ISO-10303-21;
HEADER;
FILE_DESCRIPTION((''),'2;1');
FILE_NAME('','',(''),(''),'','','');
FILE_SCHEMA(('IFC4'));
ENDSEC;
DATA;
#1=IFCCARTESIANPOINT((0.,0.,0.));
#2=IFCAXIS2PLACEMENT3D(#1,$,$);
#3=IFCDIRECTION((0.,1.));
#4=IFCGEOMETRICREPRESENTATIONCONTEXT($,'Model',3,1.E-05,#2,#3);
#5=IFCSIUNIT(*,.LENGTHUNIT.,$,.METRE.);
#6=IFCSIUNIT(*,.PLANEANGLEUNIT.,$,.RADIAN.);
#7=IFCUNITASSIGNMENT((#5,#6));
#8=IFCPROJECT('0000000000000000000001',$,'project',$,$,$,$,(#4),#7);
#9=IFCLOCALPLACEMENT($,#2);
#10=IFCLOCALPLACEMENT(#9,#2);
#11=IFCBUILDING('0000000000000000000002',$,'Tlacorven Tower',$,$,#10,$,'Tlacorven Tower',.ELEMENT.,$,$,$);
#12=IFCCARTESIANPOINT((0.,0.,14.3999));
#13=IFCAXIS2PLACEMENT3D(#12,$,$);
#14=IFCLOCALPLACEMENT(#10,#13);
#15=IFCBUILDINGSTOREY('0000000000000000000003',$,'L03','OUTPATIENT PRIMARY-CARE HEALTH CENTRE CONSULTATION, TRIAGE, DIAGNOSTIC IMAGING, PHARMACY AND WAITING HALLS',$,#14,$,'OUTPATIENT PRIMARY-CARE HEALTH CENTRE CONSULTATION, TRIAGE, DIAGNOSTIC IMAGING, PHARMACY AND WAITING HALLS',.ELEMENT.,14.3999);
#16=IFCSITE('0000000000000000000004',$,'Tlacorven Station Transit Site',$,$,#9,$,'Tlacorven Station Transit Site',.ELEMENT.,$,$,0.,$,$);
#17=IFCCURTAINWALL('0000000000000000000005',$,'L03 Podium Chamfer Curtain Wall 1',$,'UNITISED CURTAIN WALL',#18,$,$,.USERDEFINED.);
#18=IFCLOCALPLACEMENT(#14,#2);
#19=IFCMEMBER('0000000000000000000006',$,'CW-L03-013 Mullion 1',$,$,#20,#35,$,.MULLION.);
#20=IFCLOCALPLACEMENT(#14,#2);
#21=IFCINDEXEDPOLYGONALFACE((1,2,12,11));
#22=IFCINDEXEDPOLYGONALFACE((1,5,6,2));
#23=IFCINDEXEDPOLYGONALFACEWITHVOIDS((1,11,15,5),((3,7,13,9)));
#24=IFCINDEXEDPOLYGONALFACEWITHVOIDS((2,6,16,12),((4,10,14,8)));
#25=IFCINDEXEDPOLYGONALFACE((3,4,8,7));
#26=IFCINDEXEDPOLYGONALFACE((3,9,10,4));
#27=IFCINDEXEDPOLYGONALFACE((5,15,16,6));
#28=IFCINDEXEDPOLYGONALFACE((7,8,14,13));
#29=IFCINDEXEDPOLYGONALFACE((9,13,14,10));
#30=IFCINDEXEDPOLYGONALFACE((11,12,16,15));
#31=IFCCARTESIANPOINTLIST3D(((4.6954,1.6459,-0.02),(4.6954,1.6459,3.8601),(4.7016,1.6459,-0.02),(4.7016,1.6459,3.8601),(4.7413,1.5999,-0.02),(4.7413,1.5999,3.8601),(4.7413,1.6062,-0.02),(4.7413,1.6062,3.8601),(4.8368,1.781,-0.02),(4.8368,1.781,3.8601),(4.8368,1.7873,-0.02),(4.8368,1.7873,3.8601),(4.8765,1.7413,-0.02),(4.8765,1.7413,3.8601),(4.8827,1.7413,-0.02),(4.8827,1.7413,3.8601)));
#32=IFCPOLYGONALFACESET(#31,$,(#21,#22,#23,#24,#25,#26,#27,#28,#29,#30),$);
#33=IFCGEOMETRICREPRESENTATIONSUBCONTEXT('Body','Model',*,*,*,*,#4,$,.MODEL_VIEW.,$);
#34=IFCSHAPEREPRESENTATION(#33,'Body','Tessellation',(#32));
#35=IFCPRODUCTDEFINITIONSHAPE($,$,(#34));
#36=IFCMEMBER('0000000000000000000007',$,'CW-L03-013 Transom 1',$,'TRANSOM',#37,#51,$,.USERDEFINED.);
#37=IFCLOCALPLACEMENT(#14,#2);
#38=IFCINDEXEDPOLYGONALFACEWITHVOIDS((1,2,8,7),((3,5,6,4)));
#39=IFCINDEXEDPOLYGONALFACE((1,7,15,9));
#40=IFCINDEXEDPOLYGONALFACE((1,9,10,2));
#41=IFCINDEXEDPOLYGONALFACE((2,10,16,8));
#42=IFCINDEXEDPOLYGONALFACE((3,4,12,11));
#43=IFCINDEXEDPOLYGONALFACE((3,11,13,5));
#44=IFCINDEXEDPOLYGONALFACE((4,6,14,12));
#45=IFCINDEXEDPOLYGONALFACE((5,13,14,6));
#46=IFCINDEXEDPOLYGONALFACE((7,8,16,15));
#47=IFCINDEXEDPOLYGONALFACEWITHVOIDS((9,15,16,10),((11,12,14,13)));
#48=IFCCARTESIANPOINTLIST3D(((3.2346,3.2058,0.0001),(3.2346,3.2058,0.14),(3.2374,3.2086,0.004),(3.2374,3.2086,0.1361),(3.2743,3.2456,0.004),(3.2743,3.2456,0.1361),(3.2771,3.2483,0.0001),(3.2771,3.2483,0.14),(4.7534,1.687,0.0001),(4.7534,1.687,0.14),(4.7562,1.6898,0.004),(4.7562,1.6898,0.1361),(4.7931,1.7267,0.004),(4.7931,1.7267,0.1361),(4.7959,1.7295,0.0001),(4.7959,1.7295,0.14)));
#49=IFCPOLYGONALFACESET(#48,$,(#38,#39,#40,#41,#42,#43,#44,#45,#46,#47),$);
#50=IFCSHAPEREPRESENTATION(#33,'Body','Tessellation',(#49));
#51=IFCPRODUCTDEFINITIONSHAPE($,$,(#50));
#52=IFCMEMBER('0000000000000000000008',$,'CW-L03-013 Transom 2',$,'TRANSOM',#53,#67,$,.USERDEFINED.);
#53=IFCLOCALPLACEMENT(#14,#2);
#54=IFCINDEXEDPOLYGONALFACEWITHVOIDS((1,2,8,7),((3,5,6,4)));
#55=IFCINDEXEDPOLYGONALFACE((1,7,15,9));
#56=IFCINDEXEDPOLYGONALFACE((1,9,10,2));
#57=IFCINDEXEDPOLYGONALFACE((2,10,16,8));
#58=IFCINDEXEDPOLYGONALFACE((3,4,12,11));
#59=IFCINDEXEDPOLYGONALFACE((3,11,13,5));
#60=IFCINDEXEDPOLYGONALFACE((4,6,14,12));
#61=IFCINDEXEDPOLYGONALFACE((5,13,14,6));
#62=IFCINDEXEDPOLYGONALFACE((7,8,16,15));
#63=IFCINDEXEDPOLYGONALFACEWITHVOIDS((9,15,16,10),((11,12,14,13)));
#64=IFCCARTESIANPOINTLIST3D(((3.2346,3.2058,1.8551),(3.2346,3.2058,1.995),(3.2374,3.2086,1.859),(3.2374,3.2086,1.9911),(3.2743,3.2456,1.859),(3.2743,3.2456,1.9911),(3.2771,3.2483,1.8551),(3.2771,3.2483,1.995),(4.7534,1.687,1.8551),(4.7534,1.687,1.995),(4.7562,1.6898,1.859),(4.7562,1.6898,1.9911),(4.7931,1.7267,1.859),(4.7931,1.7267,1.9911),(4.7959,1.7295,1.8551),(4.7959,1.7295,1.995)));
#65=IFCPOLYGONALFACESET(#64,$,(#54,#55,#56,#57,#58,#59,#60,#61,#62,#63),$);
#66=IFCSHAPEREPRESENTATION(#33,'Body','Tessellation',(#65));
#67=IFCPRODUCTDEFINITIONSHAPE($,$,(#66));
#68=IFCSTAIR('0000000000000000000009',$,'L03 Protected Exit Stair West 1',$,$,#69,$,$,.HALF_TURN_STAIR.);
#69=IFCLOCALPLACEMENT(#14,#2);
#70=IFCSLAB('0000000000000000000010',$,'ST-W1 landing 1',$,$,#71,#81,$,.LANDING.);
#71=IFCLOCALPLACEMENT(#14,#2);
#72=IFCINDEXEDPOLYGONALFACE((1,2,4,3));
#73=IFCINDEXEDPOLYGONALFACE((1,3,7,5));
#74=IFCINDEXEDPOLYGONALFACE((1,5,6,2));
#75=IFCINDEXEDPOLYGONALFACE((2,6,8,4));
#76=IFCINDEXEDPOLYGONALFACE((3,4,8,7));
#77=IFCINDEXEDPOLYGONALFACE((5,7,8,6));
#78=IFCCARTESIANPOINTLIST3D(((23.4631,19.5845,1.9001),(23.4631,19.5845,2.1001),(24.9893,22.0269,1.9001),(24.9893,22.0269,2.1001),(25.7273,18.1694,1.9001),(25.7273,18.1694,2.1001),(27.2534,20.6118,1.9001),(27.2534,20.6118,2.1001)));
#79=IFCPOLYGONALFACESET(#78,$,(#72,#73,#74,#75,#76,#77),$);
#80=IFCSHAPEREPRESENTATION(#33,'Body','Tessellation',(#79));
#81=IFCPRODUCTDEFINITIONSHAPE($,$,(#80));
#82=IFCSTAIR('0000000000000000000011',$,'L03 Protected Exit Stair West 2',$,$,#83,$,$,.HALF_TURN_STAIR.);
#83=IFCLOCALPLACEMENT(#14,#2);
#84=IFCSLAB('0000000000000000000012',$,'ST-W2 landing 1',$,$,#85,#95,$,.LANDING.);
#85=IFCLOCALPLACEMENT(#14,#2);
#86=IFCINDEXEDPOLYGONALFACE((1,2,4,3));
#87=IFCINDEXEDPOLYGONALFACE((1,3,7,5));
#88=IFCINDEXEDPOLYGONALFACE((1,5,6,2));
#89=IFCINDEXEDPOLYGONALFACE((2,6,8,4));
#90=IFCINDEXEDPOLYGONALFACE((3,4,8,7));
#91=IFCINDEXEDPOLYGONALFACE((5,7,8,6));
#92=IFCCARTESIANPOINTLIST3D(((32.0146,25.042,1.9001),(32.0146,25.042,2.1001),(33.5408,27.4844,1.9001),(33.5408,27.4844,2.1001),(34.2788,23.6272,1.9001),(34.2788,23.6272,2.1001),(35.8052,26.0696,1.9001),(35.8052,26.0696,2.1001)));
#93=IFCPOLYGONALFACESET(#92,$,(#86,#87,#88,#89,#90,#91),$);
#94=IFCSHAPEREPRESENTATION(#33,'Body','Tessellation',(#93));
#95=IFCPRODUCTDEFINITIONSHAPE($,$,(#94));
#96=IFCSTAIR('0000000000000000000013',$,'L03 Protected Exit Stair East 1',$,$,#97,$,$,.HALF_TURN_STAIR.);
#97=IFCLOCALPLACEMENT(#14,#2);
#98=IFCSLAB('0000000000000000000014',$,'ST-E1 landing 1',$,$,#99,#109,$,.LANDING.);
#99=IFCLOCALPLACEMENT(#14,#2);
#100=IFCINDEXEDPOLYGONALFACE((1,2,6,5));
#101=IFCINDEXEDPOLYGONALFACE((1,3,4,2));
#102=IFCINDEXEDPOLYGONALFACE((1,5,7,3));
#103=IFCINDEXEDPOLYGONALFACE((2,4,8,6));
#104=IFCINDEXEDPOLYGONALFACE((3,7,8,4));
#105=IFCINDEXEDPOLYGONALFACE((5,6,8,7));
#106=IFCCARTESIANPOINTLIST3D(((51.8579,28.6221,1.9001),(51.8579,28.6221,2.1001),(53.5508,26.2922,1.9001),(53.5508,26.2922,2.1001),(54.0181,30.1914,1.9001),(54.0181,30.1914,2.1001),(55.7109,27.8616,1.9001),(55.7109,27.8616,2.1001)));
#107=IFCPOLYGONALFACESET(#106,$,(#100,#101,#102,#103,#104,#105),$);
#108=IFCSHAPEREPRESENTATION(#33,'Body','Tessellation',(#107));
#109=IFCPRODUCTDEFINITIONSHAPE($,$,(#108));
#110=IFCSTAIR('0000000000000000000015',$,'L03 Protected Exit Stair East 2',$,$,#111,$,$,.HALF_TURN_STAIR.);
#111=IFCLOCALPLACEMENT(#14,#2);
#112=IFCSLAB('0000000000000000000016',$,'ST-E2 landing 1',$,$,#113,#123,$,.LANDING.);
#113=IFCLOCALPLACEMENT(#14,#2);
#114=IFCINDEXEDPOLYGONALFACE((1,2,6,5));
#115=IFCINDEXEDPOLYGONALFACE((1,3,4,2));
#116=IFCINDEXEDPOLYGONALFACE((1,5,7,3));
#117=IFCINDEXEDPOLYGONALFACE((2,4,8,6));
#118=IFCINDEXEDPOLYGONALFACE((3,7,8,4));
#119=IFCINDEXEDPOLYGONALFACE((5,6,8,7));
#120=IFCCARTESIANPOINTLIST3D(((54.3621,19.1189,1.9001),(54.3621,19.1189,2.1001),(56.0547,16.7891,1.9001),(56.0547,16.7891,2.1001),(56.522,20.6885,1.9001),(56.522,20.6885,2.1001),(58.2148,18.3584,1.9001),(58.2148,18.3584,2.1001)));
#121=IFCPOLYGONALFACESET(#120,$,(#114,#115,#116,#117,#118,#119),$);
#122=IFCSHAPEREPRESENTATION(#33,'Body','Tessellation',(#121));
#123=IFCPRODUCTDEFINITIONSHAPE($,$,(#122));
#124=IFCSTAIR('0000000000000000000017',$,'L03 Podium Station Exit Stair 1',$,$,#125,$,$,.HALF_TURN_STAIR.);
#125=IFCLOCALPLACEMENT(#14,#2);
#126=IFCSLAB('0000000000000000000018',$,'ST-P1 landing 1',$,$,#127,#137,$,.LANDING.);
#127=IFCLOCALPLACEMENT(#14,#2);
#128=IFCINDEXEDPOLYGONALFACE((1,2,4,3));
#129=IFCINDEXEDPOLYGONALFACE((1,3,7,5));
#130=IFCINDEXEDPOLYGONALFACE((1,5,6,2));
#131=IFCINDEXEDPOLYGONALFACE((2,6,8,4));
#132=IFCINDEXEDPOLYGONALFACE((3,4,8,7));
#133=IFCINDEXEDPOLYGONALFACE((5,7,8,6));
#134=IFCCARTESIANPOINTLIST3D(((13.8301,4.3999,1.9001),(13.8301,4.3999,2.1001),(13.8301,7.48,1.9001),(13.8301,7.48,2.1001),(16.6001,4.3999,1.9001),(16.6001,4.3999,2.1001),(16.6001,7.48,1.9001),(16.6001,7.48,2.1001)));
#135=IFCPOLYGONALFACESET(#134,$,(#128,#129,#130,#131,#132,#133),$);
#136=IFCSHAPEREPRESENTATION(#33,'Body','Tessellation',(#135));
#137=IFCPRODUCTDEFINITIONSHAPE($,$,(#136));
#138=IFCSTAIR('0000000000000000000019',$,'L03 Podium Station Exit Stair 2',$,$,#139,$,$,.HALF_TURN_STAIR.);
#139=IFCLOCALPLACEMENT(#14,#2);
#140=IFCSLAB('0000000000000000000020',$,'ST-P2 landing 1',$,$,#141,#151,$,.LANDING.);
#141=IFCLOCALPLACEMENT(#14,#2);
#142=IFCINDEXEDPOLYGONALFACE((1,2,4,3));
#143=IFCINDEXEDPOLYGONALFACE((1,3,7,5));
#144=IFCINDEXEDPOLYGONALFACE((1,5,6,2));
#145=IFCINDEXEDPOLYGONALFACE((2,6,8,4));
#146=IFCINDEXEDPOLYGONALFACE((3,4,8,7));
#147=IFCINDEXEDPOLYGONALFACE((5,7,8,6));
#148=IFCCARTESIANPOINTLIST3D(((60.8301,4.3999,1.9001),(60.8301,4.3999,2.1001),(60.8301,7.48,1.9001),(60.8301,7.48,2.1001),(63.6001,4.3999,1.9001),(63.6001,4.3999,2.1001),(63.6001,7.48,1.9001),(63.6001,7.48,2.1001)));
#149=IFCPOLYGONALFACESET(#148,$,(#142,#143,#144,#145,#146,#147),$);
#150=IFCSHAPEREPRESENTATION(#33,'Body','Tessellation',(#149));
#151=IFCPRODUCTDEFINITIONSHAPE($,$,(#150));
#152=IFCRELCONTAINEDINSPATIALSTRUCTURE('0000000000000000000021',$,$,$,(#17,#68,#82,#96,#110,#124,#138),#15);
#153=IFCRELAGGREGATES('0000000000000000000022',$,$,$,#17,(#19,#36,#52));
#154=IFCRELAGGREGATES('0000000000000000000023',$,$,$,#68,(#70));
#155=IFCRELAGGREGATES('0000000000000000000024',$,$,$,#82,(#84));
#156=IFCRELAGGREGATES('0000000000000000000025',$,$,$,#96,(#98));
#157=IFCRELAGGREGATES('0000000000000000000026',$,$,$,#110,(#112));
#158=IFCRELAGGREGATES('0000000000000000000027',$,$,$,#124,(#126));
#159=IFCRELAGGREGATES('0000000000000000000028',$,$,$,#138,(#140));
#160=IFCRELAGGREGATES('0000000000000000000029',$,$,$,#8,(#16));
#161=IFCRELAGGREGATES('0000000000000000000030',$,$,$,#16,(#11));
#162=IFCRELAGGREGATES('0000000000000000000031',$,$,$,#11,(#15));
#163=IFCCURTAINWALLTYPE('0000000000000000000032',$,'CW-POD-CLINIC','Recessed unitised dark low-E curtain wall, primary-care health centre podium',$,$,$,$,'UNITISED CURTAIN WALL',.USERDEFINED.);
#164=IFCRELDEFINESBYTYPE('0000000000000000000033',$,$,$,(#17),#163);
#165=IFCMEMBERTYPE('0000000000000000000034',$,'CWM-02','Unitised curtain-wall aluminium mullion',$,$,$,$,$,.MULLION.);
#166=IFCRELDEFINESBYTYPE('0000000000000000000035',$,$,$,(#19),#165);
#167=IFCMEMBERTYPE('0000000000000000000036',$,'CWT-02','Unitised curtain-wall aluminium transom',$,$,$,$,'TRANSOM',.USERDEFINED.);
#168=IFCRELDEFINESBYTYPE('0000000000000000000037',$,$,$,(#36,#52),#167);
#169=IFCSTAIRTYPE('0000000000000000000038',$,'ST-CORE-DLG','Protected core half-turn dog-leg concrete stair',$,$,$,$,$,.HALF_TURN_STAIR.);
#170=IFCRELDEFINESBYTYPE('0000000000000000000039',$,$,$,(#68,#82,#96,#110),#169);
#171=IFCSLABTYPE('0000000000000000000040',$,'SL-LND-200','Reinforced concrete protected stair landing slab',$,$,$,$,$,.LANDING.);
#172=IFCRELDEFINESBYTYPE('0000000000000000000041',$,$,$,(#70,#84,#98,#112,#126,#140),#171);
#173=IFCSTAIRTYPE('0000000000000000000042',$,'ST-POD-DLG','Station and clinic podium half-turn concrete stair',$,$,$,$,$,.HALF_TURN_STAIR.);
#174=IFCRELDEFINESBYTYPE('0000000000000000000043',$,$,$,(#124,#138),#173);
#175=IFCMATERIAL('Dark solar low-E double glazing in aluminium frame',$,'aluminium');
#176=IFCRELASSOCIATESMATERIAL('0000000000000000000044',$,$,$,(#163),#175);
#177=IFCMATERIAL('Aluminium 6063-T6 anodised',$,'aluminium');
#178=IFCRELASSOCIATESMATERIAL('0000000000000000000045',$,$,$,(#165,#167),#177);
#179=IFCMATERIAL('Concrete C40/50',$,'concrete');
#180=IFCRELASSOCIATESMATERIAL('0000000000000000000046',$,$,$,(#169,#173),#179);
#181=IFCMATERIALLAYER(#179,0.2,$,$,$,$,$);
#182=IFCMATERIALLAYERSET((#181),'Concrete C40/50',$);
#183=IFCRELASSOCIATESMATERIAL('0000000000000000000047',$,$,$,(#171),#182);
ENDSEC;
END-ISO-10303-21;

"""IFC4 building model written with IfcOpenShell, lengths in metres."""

from ifc_helpers import new_model, si_unit, direction, frame, origin, origin_2d, place, context, subcontext, project, spatial, polyline, hollow_rectangle, outline, extrude, source, transform, mapped, material, layer, layer_set, material_profile, profile_set, type_object, element, aggregate, save


model = new_model("IFC4")

# Units and contexts
model_context = context("Model", 3, precision=1e-05, world=origin(), true_north=direction((0.0, 1.0)))
body_context = subcontext(model_context, "Body", "Model", "MODEL_VIEW")
ifc_project = project(units=[si_unit("LENGTHUNIT", "METRE"), si_unit("PLANEANGLEUNIT", "RADIAN")], contexts=[model_context])

# Site, building, storey
site_placement = place(None, origin())
site = spatial("IfcSite", under=ifc_project, at=site_placement, Name="Tlacorven Station Transit Site", LongName="Tlacorven Station Transit Site", CompositionType="ELEMENT", RefElevation=0.0)
building_placement = place(site_placement, origin())
building = spatial("IfcBuilding", under=site, at=building_placement, Name="Tlacorven Tower", LongName="Tlacorven Tower", CompositionType="ELEMENT")
storey_placement = place(building_placement, frame((0.0, 0.0, 14.3999)))
storey = spatial("IfcBuildingStorey", under=building, at=storey_placement, Name="L03", Description="OUTPATIENT PRIMARY-CARE HEALTH CENTRE CONSULTATION, TRIAGE, DIAGNOSTIC IMAGING, PHARMACY AND WAITING HALLS", LongName="OUTPATIENT PRIMARY-CARE HEALTH CENTRE CONSULTATION, TRIAGE, DIAGNOSTIC IMAGING, PHARMACY AND WAITING HALLS", CompositionType="ELEMENT", Elevation=14.3999)

# Curtain wall, members
ifc_material_1 = material(Name="Dark solar low-E double glazing in aluminium frame", Category="aluminium")
curtain_wall_type = type_object("IfcCurtainWallType", Name="CW-POD-CLINIC", Description="Recessed unitised dark low-E curtain wall, primary-care health centre podium", ElementType="UNITISED CURTAIN WALL", PredefinedType="USERDEFINED", material=ifc_material_1)
curtain_wall_placement = place(storey_placement, origin())
curtain_wall = element("IfcCurtainWall", 1, at=curtain_wall_placement, inside=storey, type_object=curtain_wall_type, Name="L03 Podium Chamfer Curtain Wall 1", ObjectType="UNITISED CURTAIN WALL", PredefinedType="USERDEFINED")
ifc_material_2 = material(Name="Aluminium 6063-T6 anodised", Category="aluminium")
ifc_material_profile_1 = material_profile(ifc_material_2, hollow_rectangle(XDim=0.0649, YDim=0.2, WallThickness=0.0044, at=origin_2d()), Name="ALU MULLION 65X200")
ifc_profile_set_1 = profile_set([ifc_material_profile_1], Name="Aluminium 6063-T6 anodised")
member_type_1 = type_object("IfcMemberType", Name="CWM-02", Description="Unitised curtain-wall aluminium mullion", PredefinedType="MULLION", material=ifc_profile_set_1)
shared_shape_1 = source(origin(), body_context, "Body", "SweptSolid", [
    extrude(hollow_rectangle(XDim=0.0649, YDim=0.2, WallThickness=0.0044, at=origin_2d()), origin(), (0.0, 0.0, 1.0), 3.8801),
])
member_1_placement = place(storey_placement, frame((4.7891, 1.6936, -0.02), z_axis=(0.0, 0.0, 1.0), x_axis=(-0.707107, 0.707107, 0.0)))
member_1 = element("IfcMember", 2, at=member_1_placement, type_object=member_type_1, Name="CW-L03-013 Mullion 1", PredefinedType="MULLION", context=body_context, shape_type="MappedRepresentation", body=[
    mapped(shared_shape_1, transform((0.0, 0.0, 0.0), scale=1.0)),
])
ifc_material_profile_2 = material_profile(ifc_material_2, hollow_rectangle(XDim=0.0601, YDim=0.1399, WallThickness=0.0039, at=origin_2d()), Name="ALU TRANSOM 60X140")
ifc_profile_set_2 = profile_set([ifc_material_profile_2], Name="Aluminium 6063-T6 anodised")
member_type_2 = type_object("IfcMemberType", Name="CWT-02", Description="Unitised curtain-wall aluminium transom", ElementType="TRANSOM", PredefinedType="USERDEFINED", material=ifc_profile_set_2)
shared_shape_2 = source(origin(), body_context, "Body", "SweptSolid", [
    extrude(hollow_rectangle(XDim=0.0601, YDim=0.1399, WallThickness=0.0039, at=origin_2d()), origin(), (0.0, 0.0, 1.0), 2.1479),
])
member_2_placement = place(storey_placement, frame((4.7747, 1.7083, 0.0701), z_axis=(-0.707107, 0.707107, 0.0), x_axis=(-0.707107, -0.707107, 0.0)))
member_2 = element("IfcMember", 3, at=member_2_placement, type_object=member_type_2, Name="CW-L03-013 Transom 1", ObjectType="TRANSOM", PredefinedType="USERDEFINED", context=body_context, shape_type="MappedRepresentation", body=[
    mapped(shared_shape_2, transform((0.0, 0.0, 0.0), scale=1.0)),
])
member_3_placement = place(storey_placement, frame((4.7747, 1.7083, 1.925), z_axis=(-0.707107, 0.707107, 0.0), x_axis=(-0.707107, -0.707107, 0.0)))
member_3 = element("IfcMember", 4, at=member_3_placement, type_object=member_type_2, Name="CW-L03-013 Transom 2", ObjectType="TRANSOM", PredefinedType="USERDEFINED", context=body_context, shape_type="MappedRepresentation", body=[
    mapped(shared_shape_2, transform((0.0, 0.0, 0.0), scale=1.0)),
])
aggregate(curtain_wall, [member_1, member_2, member_3])

# Stairs, slabs
ifc_material_3 = material(Name="Concrete C40/50", Category="concrete")
stair_type_1 = type_object("IfcStairType", Name="ST-CORE-DLG", Description="Protected core half-turn dog-leg concrete stair", PredefinedType="HALF_TURN_STAIR", material=ifc_material_3)
stair_1_placement = place(storey_placement, origin())
stair_1 = element("IfcStair", 5, at=stair_1_placement, inside=storey, type_object=stair_type_1, Name="L03 Protected Exit Stair West 1", PredefinedType="HALF_TURN_STAIR")
ifc_layer_1 = layer(ifc_material_3, 0.2)
ifc_layer_set_1 = layer_set([ifc_layer_1], Name="Concrete C40/50")
slab_type_1 = type_object("IfcSlabType", Name="SL-LND-200", Description="Reinforced concrete protected stair landing slab", PredefinedType="LANDING", material=ifc_layer_set_1)
slab_1_placement = place(storey_placement, frame((0.0, 0.0, 1.9001)))
slab_1 = element("IfcSlab", 6, at=slab_1_placement, type_object=slab_type_1, Name="ST-W1 landing 1", PredefinedType="LANDING", context=body_context, shape_type="SweptSolid", body=[
    extrude(outline(polyline([(27.2534, 20.6118), (24.9893, 22.0269), (23.4631, 19.5845), (25.7273, 18.1694), (27.2534, 20.6118)])), origin(), (0.0, 0.0, 1.0), 0.2),
])
aggregate(stair_1, [slab_1])
stair_2_placement = place(storey_placement, origin())
stair_2 = element("IfcStair", 7, at=stair_2_placement, inside=storey, type_object=stair_type_1, Name="L03 Protected Exit Stair West 2", PredefinedType="HALF_TURN_STAIR")
slab_2_placement = place(storey_placement, frame((0.0, 0.0, 1.9001)))
slab_2 = element("IfcSlab", 8, at=slab_2_placement, type_object=slab_type_1, Name="ST-W2 landing 1", PredefinedType="LANDING", context=body_context, shape_type="SweptSolid", body=[
    extrude(outline(polyline([(35.8052, 26.0696), (33.5408, 27.4844), (32.0146, 25.042), (34.2788, 23.6272), (35.8052, 26.0696)])), origin(), (0.0, 0.0, 1.0), 0.2),
])
aggregate(stair_2, [slab_2])
stair_3_placement = place(storey_placement, origin())
stair_3 = element("IfcStair", 9, at=stair_3_placement, inside=storey, type_object=stair_type_1, Name="L03 Protected Exit Stair East 1", PredefinedType="HALF_TURN_STAIR")
slab_3_placement = place(storey_placement, frame((0.0, 0.0, 1.9001)))
slab_3 = element("IfcSlab", 10, at=slab_3_placement, type_object=slab_type_1, Name="ST-E1 landing 1", PredefinedType="LANDING", context=body_context, shape_type="SweptSolid", body=[
    extrude(outline(polyline([(53.5508, 26.2922), (55.7109, 27.8616), (54.0181, 30.1914), (51.8579, 28.6221), (53.5508, 26.2922)])), origin(), (0.0, 0.0, 1.0), 0.2),
])
aggregate(stair_3, [slab_3])
stair_4_placement = place(storey_placement, origin())
stair_4 = element("IfcStair", 11, at=stair_4_placement, inside=storey, type_object=stair_type_1, Name="L03 Protected Exit Stair East 2", PredefinedType="HALF_TURN_STAIR")
slab_4_placement = place(storey_placement, frame((0.0, 0.0, 1.9001)))
slab_4 = element("IfcSlab", 12, at=slab_4_placement, type_object=slab_type_1, Name="ST-E2 landing 1", PredefinedType="LANDING", context=body_context, shape_type="SweptSolid", body=[
    extrude(outline(polyline([(56.0547, 16.7891), (58.2148, 18.3584), (56.522, 20.6885), (54.3621, 19.1189), (56.0547, 16.7891)])), origin(), (0.0, 0.0, 1.0), 0.2),
])
aggregate(stair_4, [slab_4])
stair_type_2 = type_object("IfcStairType", Name="ST-POD-DLG", Description="Station and clinic podium half-turn concrete stair", PredefinedType="HALF_TURN_STAIR", material=ifc_material_3)
stair_5_placement = place(storey_placement, origin())
stair_5 = element("IfcStair", 13, at=stair_5_placement, inside=storey, type_object=stair_type_2, Name="L03 Podium Station Exit Stair 1", PredefinedType="HALF_TURN_STAIR")
slab_5_placement = place(storey_placement, frame((0.0, 0.0, 1.9001)))
slab_5 = element("IfcSlab", 14, at=slab_5_placement, type_object=slab_type_1, Name="ST-P1 landing 1", PredefinedType="LANDING", context=body_context, shape_type="SweptSolid", body=[
    extrude(outline(polyline([(13.8301, 4.3999), (16.6001, 4.3999), (16.6001, 7.48), (13.8301, 7.48), (13.8301, 4.3999)])), origin(), (0.0, 0.0, 1.0), 0.2),
])
aggregate(stair_5, [slab_5])
stair_6_placement = place(storey_placement, origin())
stair_6 = element("IfcStair", 15, at=stair_6_placement, inside=storey, type_object=stair_type_2, Name="L03 Podium Station Exit Stair 2", PredefinedType="HALF_TURN_STAIR")
slab_6_placement = place(storey_placement, frame((0.0, 0.0, 1.9001)))
slab_6 = element("IfcSlab", 16, at=slab_6_placement, type_object=slab_type_1, Name="ST-P2 landing 1", PredefinedType="LANDING", context=body_context, shape_type="SweptSolid", body=[
    extrude(outline(polyline([(60.8301, 4.3999), (63.6001, 4.3999), (63.6001, 7.48), (60.8301, 7.48), (60.8301, 4.3999)])), origin(), (0.0, 0.0, 1.0), 0.2),
])
aggregate(stair_6, [slab_6])

save(model, "model.ifc")
